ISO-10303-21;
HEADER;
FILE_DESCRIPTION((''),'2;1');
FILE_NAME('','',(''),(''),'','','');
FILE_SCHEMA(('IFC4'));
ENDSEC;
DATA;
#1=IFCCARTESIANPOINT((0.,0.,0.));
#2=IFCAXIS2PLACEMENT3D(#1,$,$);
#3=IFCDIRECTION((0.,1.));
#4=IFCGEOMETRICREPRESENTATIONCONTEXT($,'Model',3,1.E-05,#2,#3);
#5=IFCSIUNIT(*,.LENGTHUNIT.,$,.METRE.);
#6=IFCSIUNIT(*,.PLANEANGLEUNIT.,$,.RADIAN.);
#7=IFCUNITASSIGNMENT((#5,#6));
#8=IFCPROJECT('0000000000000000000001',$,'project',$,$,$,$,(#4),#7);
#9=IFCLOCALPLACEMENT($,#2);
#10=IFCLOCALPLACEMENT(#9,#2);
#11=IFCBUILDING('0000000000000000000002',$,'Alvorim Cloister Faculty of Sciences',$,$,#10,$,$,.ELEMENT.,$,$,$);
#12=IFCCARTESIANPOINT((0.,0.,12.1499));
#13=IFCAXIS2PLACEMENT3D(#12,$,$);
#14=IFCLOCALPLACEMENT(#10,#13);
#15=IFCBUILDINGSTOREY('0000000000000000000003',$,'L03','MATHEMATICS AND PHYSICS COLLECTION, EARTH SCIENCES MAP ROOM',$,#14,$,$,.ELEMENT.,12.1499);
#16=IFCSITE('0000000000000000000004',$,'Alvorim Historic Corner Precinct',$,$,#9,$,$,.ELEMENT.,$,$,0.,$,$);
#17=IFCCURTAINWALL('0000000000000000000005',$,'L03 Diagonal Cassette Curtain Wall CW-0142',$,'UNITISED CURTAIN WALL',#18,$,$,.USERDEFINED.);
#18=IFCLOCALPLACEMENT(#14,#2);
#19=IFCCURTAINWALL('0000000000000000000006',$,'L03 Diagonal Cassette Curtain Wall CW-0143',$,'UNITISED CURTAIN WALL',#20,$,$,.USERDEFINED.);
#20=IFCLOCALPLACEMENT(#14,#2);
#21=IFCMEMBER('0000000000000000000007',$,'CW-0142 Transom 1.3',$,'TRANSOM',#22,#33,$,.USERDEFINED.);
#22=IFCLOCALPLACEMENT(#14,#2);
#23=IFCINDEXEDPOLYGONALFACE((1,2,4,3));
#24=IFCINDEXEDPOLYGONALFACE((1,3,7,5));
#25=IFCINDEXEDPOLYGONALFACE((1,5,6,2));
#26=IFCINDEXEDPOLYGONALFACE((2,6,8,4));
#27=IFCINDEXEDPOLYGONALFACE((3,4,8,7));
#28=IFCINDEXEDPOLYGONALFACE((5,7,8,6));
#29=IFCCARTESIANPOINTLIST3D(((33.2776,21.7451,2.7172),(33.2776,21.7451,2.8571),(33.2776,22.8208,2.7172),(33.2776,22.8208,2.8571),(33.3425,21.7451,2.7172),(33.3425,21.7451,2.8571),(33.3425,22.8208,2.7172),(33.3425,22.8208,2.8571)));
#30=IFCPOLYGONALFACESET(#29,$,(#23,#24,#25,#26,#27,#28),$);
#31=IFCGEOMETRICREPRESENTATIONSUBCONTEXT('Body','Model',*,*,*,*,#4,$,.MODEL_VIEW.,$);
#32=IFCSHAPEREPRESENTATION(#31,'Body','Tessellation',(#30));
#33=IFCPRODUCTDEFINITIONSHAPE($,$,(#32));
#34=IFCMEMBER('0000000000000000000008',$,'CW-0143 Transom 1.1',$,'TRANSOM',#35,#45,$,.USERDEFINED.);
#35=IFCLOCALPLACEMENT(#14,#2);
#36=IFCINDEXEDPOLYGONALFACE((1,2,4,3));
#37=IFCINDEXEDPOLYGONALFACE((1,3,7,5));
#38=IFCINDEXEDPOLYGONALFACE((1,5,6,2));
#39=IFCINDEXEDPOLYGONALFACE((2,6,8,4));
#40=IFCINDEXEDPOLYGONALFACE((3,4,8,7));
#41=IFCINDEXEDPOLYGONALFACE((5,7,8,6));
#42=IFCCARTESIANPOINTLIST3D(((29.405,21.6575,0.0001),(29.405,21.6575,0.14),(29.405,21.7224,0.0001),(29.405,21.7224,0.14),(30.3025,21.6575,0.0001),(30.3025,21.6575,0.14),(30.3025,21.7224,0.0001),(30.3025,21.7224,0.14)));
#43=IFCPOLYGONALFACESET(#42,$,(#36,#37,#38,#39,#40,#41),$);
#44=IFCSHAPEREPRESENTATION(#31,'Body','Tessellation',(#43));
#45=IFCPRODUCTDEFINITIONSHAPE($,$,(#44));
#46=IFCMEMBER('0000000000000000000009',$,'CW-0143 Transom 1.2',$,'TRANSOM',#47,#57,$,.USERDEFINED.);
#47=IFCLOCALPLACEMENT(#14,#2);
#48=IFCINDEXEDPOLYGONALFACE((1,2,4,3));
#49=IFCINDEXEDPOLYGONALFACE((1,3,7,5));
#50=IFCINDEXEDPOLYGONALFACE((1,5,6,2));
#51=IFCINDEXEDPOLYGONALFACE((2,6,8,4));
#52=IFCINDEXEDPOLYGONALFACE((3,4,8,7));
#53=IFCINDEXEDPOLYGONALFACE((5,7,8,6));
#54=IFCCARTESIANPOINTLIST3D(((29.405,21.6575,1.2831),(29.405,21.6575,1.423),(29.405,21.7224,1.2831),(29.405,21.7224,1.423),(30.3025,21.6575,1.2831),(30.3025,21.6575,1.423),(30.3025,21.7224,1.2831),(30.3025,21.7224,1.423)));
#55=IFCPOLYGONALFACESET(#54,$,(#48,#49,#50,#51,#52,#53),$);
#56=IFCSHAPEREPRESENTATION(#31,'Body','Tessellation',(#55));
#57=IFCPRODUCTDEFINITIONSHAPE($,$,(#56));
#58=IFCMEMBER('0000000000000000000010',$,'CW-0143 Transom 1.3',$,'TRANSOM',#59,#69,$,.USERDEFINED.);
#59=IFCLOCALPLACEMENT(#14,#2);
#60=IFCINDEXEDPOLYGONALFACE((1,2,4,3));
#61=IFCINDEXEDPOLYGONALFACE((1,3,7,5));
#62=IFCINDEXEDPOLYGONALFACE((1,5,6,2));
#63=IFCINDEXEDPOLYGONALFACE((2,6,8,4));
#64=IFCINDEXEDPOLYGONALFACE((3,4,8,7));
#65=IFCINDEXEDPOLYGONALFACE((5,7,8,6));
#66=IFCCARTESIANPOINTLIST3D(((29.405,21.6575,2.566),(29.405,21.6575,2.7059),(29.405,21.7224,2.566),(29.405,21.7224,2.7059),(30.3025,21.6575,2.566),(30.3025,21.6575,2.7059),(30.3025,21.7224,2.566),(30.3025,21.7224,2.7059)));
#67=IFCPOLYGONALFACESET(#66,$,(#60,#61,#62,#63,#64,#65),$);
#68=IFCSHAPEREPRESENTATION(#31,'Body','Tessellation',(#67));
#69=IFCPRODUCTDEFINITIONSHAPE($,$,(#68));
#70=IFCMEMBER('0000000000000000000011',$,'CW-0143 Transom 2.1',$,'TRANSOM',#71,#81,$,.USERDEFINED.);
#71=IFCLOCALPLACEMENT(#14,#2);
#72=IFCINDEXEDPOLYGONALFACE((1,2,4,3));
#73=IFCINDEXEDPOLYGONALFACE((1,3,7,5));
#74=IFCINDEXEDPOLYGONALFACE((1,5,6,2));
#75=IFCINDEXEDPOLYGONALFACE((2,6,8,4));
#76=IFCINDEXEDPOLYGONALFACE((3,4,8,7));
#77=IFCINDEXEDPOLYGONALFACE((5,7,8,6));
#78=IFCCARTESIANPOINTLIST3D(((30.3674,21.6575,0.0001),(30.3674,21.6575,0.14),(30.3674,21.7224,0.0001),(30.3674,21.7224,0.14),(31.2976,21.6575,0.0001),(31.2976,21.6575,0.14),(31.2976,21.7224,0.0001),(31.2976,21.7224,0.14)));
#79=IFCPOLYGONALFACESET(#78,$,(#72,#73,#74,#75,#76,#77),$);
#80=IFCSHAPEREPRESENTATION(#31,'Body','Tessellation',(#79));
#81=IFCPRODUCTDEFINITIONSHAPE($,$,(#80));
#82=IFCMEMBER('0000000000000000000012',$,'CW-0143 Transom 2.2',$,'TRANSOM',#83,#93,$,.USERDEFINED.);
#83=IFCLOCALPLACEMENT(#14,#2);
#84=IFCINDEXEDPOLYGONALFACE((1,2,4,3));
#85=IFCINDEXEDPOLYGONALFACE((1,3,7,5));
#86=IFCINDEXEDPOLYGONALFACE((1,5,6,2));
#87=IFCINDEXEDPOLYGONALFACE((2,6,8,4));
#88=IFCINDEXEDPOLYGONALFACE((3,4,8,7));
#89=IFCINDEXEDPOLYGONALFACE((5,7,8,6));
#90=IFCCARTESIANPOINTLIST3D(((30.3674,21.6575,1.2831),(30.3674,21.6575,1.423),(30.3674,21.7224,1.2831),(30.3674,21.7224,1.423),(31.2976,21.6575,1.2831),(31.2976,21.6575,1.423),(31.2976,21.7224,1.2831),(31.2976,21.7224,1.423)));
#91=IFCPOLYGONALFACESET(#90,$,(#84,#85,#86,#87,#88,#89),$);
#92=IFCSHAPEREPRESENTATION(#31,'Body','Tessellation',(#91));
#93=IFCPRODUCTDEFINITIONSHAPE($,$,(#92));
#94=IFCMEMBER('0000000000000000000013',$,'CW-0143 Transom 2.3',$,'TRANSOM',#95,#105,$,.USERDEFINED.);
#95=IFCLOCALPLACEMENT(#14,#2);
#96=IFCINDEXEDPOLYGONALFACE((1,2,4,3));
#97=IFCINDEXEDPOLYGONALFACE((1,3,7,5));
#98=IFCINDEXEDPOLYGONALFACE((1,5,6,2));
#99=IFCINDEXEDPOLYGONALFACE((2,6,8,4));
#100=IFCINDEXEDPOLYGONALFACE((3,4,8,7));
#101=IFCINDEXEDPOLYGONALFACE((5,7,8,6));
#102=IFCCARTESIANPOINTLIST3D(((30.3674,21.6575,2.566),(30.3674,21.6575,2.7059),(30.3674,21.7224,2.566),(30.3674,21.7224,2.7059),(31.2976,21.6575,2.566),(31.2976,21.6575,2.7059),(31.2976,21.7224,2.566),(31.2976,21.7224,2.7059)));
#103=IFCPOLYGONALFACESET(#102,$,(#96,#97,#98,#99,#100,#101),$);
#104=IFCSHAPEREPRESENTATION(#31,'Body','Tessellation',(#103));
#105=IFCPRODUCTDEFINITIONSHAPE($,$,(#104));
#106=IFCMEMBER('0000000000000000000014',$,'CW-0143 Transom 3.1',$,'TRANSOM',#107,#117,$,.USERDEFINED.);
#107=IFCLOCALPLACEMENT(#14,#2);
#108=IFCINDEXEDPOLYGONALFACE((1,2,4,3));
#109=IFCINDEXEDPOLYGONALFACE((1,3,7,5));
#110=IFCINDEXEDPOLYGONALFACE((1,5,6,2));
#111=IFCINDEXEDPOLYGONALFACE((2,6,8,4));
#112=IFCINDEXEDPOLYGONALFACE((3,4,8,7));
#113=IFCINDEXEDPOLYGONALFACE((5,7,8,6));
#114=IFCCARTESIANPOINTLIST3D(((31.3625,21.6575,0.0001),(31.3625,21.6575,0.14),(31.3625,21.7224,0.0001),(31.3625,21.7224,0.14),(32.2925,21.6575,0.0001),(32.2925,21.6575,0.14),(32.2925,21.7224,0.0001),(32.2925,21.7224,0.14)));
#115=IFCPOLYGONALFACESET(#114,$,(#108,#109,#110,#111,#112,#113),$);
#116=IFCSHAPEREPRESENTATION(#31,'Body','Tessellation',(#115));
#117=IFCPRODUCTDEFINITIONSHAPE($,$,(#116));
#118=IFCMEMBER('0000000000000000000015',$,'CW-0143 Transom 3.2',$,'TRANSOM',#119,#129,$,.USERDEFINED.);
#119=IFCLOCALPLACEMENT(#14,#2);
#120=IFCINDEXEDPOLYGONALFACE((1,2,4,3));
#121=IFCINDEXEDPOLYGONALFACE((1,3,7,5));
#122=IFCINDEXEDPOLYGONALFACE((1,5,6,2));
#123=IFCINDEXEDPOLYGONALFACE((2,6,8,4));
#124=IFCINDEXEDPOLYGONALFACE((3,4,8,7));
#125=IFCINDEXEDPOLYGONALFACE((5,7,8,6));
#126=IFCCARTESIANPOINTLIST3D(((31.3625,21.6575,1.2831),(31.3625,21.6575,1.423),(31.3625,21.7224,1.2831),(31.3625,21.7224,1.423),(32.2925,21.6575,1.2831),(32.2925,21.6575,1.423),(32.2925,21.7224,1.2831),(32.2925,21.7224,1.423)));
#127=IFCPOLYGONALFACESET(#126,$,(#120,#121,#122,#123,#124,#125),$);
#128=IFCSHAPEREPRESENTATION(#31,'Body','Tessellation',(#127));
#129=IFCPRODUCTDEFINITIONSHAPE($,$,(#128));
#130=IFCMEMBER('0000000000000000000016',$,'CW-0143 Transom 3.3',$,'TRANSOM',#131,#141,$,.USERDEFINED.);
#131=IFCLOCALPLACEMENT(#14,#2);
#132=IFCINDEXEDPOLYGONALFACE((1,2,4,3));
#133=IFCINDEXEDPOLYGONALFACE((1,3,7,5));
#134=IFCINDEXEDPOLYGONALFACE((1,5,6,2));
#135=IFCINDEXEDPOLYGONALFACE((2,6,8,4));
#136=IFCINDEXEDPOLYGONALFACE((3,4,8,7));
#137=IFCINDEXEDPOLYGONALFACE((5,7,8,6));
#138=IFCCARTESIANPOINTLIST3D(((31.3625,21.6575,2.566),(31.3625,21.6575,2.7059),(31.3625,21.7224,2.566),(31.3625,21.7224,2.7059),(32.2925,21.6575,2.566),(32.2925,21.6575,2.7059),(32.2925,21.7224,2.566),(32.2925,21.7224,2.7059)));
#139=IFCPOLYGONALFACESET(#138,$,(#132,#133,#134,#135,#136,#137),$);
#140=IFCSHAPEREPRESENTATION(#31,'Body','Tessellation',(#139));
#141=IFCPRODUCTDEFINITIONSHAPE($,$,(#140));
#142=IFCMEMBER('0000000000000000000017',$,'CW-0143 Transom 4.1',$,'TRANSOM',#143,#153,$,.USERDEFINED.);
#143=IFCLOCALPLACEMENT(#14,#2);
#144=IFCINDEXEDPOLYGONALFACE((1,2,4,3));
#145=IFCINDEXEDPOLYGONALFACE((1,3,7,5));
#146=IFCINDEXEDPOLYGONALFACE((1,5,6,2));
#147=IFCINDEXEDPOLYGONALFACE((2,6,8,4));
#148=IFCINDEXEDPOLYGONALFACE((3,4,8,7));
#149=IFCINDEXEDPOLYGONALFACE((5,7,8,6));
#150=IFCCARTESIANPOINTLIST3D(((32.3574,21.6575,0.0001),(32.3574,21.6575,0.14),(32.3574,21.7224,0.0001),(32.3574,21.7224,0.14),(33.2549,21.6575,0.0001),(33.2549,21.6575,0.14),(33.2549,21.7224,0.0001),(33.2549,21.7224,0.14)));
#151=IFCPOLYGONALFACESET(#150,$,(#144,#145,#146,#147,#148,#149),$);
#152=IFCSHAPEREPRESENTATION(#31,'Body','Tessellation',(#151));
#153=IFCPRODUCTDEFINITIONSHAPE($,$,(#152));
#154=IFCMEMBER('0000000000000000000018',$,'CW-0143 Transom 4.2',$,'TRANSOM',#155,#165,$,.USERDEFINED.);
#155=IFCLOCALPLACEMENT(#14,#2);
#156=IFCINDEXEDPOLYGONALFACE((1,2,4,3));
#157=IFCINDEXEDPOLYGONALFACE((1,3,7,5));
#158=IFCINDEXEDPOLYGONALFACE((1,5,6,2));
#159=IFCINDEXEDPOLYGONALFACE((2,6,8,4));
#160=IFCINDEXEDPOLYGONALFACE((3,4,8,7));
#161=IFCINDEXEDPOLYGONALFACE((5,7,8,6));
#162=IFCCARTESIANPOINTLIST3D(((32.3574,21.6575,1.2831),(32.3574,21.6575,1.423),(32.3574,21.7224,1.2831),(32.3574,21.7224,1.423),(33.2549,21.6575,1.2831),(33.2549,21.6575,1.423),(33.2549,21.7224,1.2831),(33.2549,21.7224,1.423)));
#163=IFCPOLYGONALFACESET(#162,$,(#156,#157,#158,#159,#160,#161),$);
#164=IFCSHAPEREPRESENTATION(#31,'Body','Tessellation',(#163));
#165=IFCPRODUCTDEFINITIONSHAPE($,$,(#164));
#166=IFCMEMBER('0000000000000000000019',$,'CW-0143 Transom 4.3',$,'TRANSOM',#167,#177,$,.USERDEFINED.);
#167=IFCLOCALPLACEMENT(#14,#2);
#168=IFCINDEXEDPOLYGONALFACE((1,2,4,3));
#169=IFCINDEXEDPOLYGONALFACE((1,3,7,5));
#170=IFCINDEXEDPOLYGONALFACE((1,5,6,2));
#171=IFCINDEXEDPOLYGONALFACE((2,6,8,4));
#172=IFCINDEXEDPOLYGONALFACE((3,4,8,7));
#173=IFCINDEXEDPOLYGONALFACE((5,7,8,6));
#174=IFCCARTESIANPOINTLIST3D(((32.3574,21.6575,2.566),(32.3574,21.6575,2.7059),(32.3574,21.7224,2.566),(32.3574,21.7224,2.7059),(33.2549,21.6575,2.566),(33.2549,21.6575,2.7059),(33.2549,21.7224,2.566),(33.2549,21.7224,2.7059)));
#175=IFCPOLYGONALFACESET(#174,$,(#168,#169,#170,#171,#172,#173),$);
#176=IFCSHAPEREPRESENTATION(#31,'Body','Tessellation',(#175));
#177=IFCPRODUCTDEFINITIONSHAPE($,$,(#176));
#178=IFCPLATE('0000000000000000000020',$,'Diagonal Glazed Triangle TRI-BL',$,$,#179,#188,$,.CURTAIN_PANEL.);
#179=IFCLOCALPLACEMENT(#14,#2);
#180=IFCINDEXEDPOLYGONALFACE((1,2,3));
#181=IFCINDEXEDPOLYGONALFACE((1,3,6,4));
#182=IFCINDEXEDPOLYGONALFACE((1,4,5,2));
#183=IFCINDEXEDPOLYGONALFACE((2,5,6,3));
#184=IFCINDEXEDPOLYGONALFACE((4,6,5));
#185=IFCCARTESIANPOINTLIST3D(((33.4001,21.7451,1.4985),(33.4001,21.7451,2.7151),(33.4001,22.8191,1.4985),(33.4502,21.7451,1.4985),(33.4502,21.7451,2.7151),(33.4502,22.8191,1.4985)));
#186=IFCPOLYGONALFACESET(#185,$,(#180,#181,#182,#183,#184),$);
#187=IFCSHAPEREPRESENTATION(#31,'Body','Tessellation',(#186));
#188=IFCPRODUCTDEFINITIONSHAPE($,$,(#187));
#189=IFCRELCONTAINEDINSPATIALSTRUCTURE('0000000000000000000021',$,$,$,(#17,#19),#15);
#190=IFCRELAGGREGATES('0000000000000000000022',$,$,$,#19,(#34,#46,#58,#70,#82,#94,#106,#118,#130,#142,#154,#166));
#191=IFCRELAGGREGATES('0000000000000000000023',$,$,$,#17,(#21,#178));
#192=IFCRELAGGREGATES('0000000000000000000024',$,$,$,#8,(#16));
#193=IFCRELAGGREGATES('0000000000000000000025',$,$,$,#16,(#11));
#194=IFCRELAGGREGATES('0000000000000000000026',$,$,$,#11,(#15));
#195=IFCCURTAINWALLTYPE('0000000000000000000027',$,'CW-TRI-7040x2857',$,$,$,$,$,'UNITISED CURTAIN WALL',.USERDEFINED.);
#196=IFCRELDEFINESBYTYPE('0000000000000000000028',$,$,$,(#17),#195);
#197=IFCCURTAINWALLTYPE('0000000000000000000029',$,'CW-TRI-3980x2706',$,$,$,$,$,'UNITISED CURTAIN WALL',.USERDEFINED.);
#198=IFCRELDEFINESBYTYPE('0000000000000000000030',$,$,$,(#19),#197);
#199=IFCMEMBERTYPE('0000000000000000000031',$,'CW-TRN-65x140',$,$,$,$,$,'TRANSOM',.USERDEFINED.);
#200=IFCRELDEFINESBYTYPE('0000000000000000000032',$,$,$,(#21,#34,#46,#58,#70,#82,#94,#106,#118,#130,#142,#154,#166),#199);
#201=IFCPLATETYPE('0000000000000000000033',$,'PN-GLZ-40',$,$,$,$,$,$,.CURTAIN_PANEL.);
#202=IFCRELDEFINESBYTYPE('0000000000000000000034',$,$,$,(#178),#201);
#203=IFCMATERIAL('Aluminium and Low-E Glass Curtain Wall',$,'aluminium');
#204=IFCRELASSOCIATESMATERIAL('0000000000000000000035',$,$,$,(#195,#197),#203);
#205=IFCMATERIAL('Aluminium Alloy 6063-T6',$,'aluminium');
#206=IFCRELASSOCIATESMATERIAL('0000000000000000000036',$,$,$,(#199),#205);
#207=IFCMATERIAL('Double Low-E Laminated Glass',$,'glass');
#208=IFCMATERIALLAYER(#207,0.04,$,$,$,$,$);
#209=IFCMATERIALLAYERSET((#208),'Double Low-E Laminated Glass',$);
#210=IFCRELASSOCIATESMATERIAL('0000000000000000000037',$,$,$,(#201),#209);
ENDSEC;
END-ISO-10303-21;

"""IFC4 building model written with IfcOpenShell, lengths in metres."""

from ifc_helpers import new_model, si_unit, direction, frame, origin, origin_2d, place, context, subcontext, project, spatial, polyline, rectangle, outline, extrude, material, layer, layer_set, material_profile, profile_set, type_object, element, aggregate, save


model = new_model("IFC4")

# Units and contexts
model_context = context("Model", 3, precision=1e-05, world=origin(), true_north=direction((0.0, 1.0)))
body_context = subcontext(model_context, "Body", "Model", "MODEL_VIEW")
ifc_project = project(units=[si_unit("LENGTHUNIT", "METRE"), si_unit("PLANEANGLEUNIT", "RADIAN")], contexts=[model_context])

# Site, building, storey
site_placement = place(None, origin())
site = spatial("IfcSite", under=ifc_project, at=site_placement, Name="Alvorim Historic Corner Precinct", CompositionType="ELEMENT", RefElevation=0.0)
building_placement = place(site_placement, origin())
building = spatial("IfcBuilding", under=site, at=building_placement, Name="Alvorim Cloister Faculty of Sciences", CompositionType="ELEMENT")
storey_placement = place(building_placement, frame((0.0, 0.0, 12.1499)))
storey = spatial("IfcBuildingStorey", under=building, at=storey_placement, Name="L03", Description="MATHEMATICS AND PHYSICS COLLECTION, EARTH SCIENCES MAP ROOM", CompositionType="ELEMENT", Elevation=12.1499)

# Curtain wall
ifc_material_1 = material(Name="Aluminium and Low-E Glass Curtain Wall", Category="aluminium")
curtain_wall_type_1 = type_object("IfcCurtainWallType", Name="CW-TRI-7040x2857", ElementType="UNITISED CURTAIN WALL", PredefinedType="USERDEFINED", material=ifc_material_1)
curtain_wall_1_placement = place(storey_placement, origin())
curtain_wall_1 = element("IfcCurtainWall", 1, at=curtain_wall_1_placement, inside=storey, type_object=curtain_wall_type_1, Name="L03 Diagonal Cassette Curtain Wall CW-0142", ObjectType="UNITISED CURTAIN WALL", PredefinedType="USERDEFINED")
ifc_material_2 = material(Name="Aluminium Alloy 6063-T6", Category="aluminium")

# Curtain wall
curtain_wall_type_2 = type_object("IfcCurtainWallType", Name="CW-TRI-3980x2706", ElementType="UNITISED CURTAIN WALL", PredefinedType="USERDEFINED", material=ifc_material_1)
curtain_wall_2_placement = place(storey_placement, origin())
curtain_wall_2 = element("IfcCurtainWall", 2, at=curtain_wall_2_placement, inside=storey, type_object=curtain_wall_type_2, Name="L03 Diagonal Cassette Curtain Wall CW-0143", ObjectType="UNITISED CURTAIN WALL", PredefinedType="USERDEFINED")

# Members
ifc_material_profile_1 = material_profile(ifc_material_2, rectangle(XDim=0.0649, YDim=0.1399, at=origin_2d()), Name="ALU-TRN-65x140")
ifc_profile_set_1 = profile_set([ifc_material_profile_1], Name="Aluminium Alloy 6063-T6")
member_type_1 = type_object("IfcMemberType", Name="CW-TRN-65x140", ElementType="TRANSOM", PredefinedType="USERDEFINED", material=ifc_profile_set_1)
member_1_placement = place(storey_placement, frame((33.3101, 21.7451, 2.7871), z_axis=(0.0, 1.0, 0.0), x_axis=(-1.0, 0.0, 0.0)))
member_1 = element("IfcMember", 3, at=member_1_placement, type_object=member_type_1, Name="CW-0142 Transom 1.3", ObjectType="TRANSOM", PredefinedType="USERDEFINED", context=body_context, shape_type="SweptSolid", body=[
    extrude(rectangle(XDim=0.0649, YDim=0.1399, at=origin_2d()), origin(), (0.0, 0.0, 1.0), 1.0757),
])
member_2_placement = place(storey_placement, frame((29.405, 21.6899, 0.0701), z_axis=(1.0, 0.0, 0.0), x_axis=(0.0, 1.0, 0.0)))
member_2 = element("IfcMember", 4, at=member_2_placement, type_object=member_type_1, Name="CW-0143 Transom 1.1", ObjectType="TRANSOM", PredefinedType="USERDEFINED", context=body_context, shape_type="SweptSolid", body=[
    extrude(rectangle(XDim=0.0649, YDim=0.1399, at=origin_2d()), origin(), (0.0, 0.0, 1.0), 0.8975),
])
member_3_placement = place(storey_placement, frame((29.405, 21.6899, 1.353), z_axis=(1.0, 0.0, 0.0), x_axis=(0.0, 1.0, 0.0)))
member_3 = element("IfcMember", 5, at=member_3_placement, type_object=member_type_1, Name="CW-0143 Transom 1.2", ObjectType="TRANSOM", PredefinedType="USERDEFINED", context=body_context, shape_type="SweptSolid", body=[
    extrude(rectangle(XDim=0.0649, YDim=0.1399, at=origin_2d()), origin(), (0.0, 0.0, 1.0), 0.8975),
])
member_4_placement = place(storey_placement, frame((29.405, 21.6899, 2.636), z_axis=(1.0, 0.0, 0.0), x_axis=(0.0, 1.0, 0.0)))
member_4 = element("IfcMember", 6, at=member_4_placement, type_object=member_type_1, Name="CW-0143 Transom 1.3", ObjectType="TRANSOM", PredefinedType="USERDEFINED", context=body_context, shape_type="SweptSolid", body=[
    extrude(rectangle(XDim=0.0649, YDim=0.1399, at=origin_2d()), origin(), (0.0, 0.0, 1.0), 0.8975),
])
member_5_placement = place(storey_placement, frame((30.3674, 21.6899, 0.0701), z_axis=(1.0, 0.0, 0.0), x_axis=(0.0, 1.0, 0.0)))
member_5 = element("IfcMember", 7, at=member_5_placement, type_object=member_type_1, Name="CW-0143 Transom 2.1", ObjectType="TRANSOM", PredefinedType="USERDEFINED", context=body_context, shape_type="SweptSolid", body=[
    extrude(rectangle(XDim=0.0649, YDim=0.1399, at=origin_2d()), origin(), (0.0, 0.0, 1.0), 0.9302),
])
member_6_placement = place(storey_placement, frame((30.3674, 21.6899, 1.353), z_axis=(1.0, 0.0, 0.0), x_axis=(0.0, 1.0, 0.0)))
member_6 = element("IfcMember", 8, at=member_6_placement, type_object=member_type_1, Name="CW-0143 Transom 2.2", ObjectType="TRANSOM", PredefinedType="USERDEFINED", context=body_context, shape_type="SweptSolid", body=[
    extrude(rectangle(XDim=0.0649, YDim=0.1399, at=origin_2d()), origin(), (0.0, 0.0, 1.0), 0.9302),
])
member_7_placement = place(storey_placement, frame((30.3674, 21.6899, 2.636), z_axis=(1.0, 0.0, 0.0), x_axis=(0.0, 1.0, 0.0)))
member_7 = element("IfcMember", 9, at=member_7_placement, type_object=member_type_1, Name="CW-0143 Transom 2.3", ObjectType="TRANSOM", PredefinedType="USERDEFINED", context=body_context, shape_type="SweptSolid", body=[
    extrude(rectangle(XDim=0.0649, YDim=0.1399, at=origin_2d()), origin(), (0.0, 0.0, 1.0), 0.9302),
])
member_8_placement = place(storey_placement, frame((31.3625, 21.6899, 0.0701), z_axis=(1.0, 0.0, 0.0), x_axis=(0.0, 1.0, 0.0)))
member_8 = element("IfcMember", 10, at=member_8_placement, type_object=member_type_1, Name="CW-0143 Transom 3.1", ObjectType="TRANSOM", PredefinedType="USERDEFINED", context=body_context, shape_type="SweptSolid", body=[
    extrude(rectangle(XDim=0.0649, YDim=0.1399, at=origin_2d()), origin(), (0.0, 0.0, 1.0), 0.9299),
])
member_9_placement = place(storey_placement, frame((31.3625, 21.6899, 1.353), z_axis=(1.0, 0.0, 0.0), x_axis=(0.0, 1.0, 0.0)))
member_9 = element("IfcMember", 11, at=member_9_placement, type_object=member_type_1, Name="CW-0143 Transom 3.2", ObjectType="TRANSOM", PredefinedType="USERDEFINED", context=body_context, shape_type="SweptSolid", body=[
    extrude(rectangle(XDim=0.0649, YDim=0.1399, at=origin_2d()), origin(), (0.0, 0.0, 1.0), 0.9299),
])
member_10_placement = place(storey_placement, frame((31.3625, 21.6899, 2.636), z_axis=(1.0, 0.0, 0.0), x_axis=(0.0, 1.0, 0.0)))
member_10 = element("IfcMember", 12, at=member_10_placement, type_object=member_type_1, Name="CW-0143 Transom 3.3", ObjectType="TRANSOM", PredefinedType="USERDEFINED", context=body_context, shape_type="SweptSolid", body=[
    extrude(rectangle(XDim=0.0649, YDim=0.1399, at=origin_2d()), origin(), (0.0, 0.0, 1.0), 0.9299),
])
member_11_placement = place(storey_placement, frame((32.3574, 21.6899, 0.0701), z_axis=(1.0, 0.0, 0.0), x_axis=(0.0, 1.0, 0.0)))
member_11 = element("IfcMember", 13, at=member_11_placement, type_object=member_type_1, Name="CW-0143 Transom 4.1", ObjectType="TRANSOM", PredefinedType="USERDEFINED", context=body_context, shape_type="SweptSolid", body=[
    extrude(rectangle(XDim=0.0649, YDim=0.1399, at=origin_2d()), origin(), (0.0, 0.0, 1.0), 0.8975),
])
member_12_placement = place(storey_placement, frame((32.3574, 21.6899, 1.353), z_axis=(1.0, 0.0, 0.0), x_axis=(0.0, 1.0, 0.0)))
member_12 = element("IfcMember", 14, at=member_12_placement, type_object=member_type_1, Name="CW-0143 Transom 4.2", ObjectType="TRANSOM", PredefinedType="USERDEFINED", context=body_context, shape_type="SweptSolid", body=[
    extrude(rectangle(XDim=0.0649, YDim=0.1399, at=origin_2d()), origin(), (0.0, 0.0, 1.0), 0.8975),
])
member_13_placement = place(storey_placement, frame((32.3574, 21.6899, 2.636), z_axis=(1.0, 0.0, 0.0), x_axis=(0.0, 1.0, 0.0)))
member_13 = element("IfcMember", 15, at=member_13_placement, type_object=member_type_1, Name="CW-0143 Transom 4.3", ObjectType="TRANSOM", PredefinedType="USERDEFINED", context=body_context, shape_type="SweptSolid", body=[
    extrude(rectangle(XDim=0.0649, YDim=0.1399, at=origin_2d()), origin(), (0.0, 0.0, 1.0), 0.8975),
])
aggregate(curtain_wall_2, [member_2, member_3, member_4, member_5, member_6, member_7, member_8, member_9, member_10, member_11, member_12, member_13])

# Plate
ifc_material_3 = material(Name="Double Low-E Laminated Glass", Category="glass")
ifc_layer = layer(ifc_material_3, 0.04)
ifc_layer_set = layer_set([ifc_layer], Name="Double Low-E Laminated Glass")
plate_type = type_object("IfcPlateType", Name="PN-GLZ-40", PredefinedType="CURTAIN_PANEL", material=ifc_layer_set)
plate_1_placement = place(storey_placement, frame((33.425, 21.7451, 1.4985), z_axis=(0.0, 0.0, 1.0), x_axis=(0.0, 1.0, 0.0)))
plate_1 = element("IfcPlate", 16, at=plate_1_placement, type_object=plate_type, Name="Diagonal Glazed Triangle TRI-BL", PredefinedType="CURTAIN_PANEL", context=body_context, shape_type="SweptSolid", body=[
    extrude(outline(polyline([(0.0, 0.0), (1.074, 0.0), (0.0, 1.2166), (0.0, 0.0)])), frame((0.0, 0.0249, 0.0), z_axis=(0.0, -1.0, 0.0), x_axis=(1.0, 0.0, 0.0)), (0.0, 0.0, 1.0), 0.05),
])
aggregate(curtain_wall_1, [member_1, plate_1])

save(model, "model.ifc")
